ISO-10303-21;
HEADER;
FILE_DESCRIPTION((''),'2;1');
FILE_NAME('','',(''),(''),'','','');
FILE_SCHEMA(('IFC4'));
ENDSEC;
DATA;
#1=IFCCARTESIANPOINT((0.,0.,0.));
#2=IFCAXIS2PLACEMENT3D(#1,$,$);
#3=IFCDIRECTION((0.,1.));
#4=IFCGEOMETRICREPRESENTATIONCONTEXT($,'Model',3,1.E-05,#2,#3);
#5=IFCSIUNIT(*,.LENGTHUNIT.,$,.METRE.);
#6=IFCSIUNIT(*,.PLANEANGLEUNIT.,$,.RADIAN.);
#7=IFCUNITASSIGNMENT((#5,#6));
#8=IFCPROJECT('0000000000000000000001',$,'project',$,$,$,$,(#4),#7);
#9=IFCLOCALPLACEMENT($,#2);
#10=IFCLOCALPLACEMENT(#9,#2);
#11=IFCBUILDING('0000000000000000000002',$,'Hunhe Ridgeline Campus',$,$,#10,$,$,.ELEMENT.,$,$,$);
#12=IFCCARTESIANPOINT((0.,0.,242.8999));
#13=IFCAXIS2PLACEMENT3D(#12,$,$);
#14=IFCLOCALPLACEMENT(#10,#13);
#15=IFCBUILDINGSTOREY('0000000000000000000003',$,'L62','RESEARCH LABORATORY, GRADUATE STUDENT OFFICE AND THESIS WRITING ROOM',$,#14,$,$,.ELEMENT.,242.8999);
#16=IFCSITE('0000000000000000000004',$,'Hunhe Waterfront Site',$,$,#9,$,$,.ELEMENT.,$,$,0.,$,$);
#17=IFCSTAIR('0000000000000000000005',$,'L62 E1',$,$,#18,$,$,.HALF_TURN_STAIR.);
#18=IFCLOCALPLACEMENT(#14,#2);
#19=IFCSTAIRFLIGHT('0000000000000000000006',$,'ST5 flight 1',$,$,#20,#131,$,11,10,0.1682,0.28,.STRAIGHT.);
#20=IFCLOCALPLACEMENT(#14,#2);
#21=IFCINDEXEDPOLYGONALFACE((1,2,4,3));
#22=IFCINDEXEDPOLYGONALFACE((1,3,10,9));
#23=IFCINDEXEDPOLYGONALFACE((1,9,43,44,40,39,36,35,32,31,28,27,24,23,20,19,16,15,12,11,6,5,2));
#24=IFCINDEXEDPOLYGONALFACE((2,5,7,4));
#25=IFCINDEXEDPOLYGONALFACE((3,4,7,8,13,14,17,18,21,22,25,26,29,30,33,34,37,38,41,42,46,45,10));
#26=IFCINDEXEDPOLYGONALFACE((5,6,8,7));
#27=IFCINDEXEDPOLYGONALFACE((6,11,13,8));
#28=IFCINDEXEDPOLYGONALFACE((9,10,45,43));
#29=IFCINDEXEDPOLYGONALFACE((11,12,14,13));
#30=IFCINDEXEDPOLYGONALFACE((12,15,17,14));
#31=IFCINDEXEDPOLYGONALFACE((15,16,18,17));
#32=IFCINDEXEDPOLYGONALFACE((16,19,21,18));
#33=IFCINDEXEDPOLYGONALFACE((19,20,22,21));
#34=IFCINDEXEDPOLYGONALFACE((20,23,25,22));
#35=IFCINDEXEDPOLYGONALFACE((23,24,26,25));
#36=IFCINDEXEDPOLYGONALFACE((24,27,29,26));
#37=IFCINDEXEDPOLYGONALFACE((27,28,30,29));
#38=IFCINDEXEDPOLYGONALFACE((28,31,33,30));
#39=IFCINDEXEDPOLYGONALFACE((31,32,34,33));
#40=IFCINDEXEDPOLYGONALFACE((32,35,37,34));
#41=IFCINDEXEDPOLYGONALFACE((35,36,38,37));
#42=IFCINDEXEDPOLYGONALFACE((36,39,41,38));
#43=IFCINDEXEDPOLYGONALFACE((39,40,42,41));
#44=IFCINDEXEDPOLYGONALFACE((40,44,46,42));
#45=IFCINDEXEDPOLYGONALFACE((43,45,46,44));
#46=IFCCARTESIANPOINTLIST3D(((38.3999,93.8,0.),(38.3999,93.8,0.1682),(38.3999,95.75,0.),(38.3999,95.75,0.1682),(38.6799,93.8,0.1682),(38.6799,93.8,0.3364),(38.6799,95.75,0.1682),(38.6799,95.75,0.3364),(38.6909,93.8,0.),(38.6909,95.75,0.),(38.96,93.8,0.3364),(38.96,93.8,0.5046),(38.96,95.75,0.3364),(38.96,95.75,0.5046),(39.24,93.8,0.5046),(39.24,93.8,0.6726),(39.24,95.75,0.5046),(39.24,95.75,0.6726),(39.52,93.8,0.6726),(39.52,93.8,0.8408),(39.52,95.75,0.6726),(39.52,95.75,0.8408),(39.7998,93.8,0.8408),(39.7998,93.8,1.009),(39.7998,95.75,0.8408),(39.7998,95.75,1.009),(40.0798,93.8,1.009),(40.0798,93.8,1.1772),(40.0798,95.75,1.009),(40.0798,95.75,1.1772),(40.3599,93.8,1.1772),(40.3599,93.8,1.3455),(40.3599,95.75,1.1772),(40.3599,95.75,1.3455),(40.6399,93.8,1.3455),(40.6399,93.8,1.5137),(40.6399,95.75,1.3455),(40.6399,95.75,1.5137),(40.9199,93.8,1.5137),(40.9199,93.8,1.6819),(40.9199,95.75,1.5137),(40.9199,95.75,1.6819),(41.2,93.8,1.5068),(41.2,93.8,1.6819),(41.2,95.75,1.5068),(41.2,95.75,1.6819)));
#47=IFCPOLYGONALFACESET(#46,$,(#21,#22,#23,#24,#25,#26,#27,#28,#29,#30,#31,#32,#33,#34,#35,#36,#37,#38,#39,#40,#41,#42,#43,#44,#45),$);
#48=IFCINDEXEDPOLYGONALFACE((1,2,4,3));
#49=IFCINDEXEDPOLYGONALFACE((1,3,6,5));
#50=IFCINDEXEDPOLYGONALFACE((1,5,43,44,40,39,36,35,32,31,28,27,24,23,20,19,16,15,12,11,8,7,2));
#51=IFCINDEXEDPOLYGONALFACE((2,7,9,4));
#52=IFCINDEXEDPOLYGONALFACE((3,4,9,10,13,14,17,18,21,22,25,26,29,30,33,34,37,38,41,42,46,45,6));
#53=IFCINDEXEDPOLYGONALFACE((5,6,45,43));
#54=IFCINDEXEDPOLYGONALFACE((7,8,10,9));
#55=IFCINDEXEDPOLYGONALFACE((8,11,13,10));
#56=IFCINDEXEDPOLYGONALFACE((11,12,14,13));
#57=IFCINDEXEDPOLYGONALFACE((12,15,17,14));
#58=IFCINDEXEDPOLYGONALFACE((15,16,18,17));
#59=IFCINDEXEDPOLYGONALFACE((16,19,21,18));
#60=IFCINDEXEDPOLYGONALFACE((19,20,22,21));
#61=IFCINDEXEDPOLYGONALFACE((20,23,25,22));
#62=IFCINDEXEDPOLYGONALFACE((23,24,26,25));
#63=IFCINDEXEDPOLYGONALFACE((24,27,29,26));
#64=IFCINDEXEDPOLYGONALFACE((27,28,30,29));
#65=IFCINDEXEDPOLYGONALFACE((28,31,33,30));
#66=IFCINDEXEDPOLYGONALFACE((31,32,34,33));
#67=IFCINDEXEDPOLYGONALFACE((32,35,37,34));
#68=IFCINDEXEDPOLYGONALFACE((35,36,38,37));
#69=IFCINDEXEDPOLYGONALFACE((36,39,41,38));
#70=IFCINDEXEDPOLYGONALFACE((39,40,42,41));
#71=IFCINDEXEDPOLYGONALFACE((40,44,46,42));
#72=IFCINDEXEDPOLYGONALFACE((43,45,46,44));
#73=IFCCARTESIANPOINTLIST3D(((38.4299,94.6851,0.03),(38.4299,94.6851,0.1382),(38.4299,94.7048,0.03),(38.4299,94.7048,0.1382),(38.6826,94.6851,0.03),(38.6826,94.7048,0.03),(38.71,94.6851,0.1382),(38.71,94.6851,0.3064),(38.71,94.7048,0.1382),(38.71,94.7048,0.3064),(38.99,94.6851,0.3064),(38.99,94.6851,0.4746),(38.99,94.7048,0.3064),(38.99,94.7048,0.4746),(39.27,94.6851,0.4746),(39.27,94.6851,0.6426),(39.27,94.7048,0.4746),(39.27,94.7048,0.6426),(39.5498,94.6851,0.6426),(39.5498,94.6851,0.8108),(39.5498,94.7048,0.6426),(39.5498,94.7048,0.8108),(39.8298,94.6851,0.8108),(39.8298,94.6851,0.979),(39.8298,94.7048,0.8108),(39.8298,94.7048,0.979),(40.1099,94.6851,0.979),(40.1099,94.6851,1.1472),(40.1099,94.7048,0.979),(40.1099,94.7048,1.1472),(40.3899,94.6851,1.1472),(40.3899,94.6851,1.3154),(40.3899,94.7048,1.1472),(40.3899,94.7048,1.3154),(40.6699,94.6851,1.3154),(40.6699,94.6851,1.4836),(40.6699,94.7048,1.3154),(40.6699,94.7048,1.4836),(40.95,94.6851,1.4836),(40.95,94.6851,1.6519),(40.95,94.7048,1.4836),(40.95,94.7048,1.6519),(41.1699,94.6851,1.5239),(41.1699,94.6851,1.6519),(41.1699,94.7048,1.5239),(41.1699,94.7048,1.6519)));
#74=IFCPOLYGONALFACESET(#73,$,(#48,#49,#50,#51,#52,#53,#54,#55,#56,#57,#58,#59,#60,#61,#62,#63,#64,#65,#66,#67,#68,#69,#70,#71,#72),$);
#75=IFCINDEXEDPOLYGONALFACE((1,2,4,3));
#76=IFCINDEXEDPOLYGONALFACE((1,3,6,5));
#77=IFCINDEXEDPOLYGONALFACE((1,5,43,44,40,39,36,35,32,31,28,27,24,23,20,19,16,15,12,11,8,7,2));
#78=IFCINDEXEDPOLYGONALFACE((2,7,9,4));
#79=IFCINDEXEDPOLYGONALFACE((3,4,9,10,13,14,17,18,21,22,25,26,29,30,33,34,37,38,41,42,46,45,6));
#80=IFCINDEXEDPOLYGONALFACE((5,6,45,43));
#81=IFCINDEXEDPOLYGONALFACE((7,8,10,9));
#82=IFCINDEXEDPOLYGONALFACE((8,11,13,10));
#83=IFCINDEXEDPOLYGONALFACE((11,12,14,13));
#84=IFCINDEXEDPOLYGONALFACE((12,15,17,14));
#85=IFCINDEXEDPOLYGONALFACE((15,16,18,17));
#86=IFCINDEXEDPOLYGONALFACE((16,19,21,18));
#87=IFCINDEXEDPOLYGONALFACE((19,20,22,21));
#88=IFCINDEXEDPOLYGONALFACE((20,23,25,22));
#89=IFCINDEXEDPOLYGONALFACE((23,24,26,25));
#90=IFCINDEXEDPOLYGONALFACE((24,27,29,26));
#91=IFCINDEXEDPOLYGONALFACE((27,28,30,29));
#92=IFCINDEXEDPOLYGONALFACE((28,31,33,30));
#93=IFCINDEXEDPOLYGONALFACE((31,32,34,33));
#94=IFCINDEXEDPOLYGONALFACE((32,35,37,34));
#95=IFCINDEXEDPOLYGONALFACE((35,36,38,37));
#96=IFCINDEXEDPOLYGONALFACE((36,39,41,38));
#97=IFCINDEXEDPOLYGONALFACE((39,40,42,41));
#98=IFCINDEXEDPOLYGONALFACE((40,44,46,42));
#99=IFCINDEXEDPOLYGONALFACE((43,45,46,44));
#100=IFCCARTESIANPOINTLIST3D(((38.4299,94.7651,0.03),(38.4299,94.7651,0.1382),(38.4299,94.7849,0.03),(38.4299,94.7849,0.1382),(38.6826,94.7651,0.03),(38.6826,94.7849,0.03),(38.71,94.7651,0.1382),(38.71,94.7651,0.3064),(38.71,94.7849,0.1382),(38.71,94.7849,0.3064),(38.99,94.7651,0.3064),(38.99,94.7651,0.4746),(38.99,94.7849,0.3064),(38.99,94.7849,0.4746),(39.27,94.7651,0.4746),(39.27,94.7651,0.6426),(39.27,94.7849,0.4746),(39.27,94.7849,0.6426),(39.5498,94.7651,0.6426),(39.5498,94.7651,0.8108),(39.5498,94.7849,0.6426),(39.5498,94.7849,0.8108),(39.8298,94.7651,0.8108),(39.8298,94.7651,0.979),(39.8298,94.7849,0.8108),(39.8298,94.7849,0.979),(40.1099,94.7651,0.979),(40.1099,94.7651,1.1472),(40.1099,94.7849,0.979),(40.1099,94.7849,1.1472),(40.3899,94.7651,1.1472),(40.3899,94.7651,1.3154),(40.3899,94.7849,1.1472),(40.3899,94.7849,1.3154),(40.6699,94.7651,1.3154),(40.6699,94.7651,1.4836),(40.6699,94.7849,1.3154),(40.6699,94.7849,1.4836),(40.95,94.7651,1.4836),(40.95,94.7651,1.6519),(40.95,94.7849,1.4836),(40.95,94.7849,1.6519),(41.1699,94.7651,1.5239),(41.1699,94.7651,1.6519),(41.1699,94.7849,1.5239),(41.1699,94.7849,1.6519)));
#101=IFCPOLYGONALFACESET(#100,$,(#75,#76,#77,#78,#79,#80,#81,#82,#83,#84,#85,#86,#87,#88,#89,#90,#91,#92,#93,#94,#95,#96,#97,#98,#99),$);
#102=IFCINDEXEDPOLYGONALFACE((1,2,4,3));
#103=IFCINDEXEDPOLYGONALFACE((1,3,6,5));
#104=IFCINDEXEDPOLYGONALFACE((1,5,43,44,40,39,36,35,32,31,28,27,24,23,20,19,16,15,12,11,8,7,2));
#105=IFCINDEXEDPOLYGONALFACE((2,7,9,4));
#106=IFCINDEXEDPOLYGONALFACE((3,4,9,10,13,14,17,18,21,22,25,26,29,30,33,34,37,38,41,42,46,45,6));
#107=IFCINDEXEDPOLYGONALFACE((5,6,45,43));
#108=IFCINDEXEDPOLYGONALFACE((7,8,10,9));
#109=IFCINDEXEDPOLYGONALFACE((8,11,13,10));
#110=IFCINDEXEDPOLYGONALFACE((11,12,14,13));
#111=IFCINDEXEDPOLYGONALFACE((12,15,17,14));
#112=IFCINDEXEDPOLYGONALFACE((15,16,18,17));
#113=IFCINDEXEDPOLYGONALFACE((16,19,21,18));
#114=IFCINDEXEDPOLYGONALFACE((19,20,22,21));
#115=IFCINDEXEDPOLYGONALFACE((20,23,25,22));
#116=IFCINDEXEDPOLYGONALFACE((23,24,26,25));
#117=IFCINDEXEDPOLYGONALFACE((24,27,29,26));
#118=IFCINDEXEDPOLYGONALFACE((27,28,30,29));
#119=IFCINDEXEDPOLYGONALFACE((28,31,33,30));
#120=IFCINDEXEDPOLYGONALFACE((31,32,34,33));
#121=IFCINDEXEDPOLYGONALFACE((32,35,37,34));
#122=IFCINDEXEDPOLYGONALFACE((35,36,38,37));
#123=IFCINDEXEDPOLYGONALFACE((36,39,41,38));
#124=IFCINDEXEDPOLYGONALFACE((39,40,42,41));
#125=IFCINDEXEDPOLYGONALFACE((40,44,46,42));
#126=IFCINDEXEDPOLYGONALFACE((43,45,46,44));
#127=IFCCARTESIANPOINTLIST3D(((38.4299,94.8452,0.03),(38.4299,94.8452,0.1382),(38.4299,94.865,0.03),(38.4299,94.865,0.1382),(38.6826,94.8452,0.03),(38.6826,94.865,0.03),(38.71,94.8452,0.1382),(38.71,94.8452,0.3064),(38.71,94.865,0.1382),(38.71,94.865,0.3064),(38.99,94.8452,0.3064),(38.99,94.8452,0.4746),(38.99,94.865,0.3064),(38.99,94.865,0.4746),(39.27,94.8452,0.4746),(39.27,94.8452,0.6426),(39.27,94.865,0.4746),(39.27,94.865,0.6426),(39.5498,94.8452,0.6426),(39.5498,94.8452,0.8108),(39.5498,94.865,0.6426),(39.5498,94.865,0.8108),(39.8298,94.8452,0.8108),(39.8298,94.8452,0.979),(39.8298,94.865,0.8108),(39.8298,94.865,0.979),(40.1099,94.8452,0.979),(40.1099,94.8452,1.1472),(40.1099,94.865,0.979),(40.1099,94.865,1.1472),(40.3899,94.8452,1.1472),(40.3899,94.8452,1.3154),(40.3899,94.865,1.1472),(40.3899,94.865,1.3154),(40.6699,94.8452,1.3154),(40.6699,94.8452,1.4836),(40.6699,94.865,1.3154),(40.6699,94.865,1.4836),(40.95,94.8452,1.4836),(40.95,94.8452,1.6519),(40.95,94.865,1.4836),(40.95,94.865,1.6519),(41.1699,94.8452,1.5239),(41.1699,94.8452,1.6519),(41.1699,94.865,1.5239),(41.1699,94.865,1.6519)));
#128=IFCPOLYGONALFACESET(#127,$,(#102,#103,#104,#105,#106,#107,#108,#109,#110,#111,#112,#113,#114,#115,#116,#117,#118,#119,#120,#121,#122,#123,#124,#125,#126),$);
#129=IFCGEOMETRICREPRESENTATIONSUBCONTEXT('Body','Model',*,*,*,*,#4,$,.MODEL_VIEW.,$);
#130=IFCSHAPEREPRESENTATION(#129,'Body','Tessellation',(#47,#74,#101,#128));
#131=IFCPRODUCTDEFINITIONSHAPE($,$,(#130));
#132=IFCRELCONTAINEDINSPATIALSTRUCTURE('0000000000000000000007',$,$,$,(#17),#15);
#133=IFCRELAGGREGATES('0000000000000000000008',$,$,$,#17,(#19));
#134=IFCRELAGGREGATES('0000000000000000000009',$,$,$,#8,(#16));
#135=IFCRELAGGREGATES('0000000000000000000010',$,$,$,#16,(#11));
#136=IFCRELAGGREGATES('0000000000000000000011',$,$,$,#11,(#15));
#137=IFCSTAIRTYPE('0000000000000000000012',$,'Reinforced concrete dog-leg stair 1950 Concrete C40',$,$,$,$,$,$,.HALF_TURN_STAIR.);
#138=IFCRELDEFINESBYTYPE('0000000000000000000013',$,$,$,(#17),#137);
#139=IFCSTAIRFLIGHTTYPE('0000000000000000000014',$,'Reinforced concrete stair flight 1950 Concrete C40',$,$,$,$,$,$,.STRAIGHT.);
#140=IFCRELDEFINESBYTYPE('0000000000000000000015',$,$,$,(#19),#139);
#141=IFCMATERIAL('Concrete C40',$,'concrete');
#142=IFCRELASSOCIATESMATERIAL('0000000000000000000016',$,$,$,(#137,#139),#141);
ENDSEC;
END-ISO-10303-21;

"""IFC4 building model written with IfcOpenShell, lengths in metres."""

from ifc_helpers import new_model, si_unit, direction, frame, origin, place, context, subcontext, project, spatial, polyline, outline, extrude, material, type_object, element, aggregate, save


model = new_model("IFC4")

# Units and contexts
model_context = context("Model", 3, precision=1e-05, world=origin(), true_north=direction((0.0, 1.0)))
body_context = subcontext(model_context, "Body", "Model", "MODEL_VIEW")
ifc_project = project(units=[si_unit("LENGTHUNIT", "METRE"), si_unit("PLANEANGLEUNIT", "RADIAN")], contexts=[model_context])

# Site, building, storey
site_placement = place(None, origin())
site = spatial("IfcSite", under=ifc_project, at=site_placement, Name="Hunhe Waterfront Site", CompositionType="ELEMENT", RefElevation=0.0)
building_placement = place(site_placement, origin())
building = spatial("IfcBuilding", under=site, at=building_placement, Name="Hunhe Ridgeline Campus", CompositionType="ELEMENT")
storey_placement = place(building_placement, frame((0.0, 0.0, 242.8999)))
storey = spatial("IfcBuildingStorey", under=building, at=storey_placement, Name="L62", Description="RESEARCH LABORATORY, GRADUATE STUDENT OFFICE AND THESIS WRITING ROOM", CompositionType="ELEMENT", Elevation=242.8999)

# Stair, stair flight
ifc_material_1 = material(Name="Concrete C40", Category="concrete")
stair_type = type_object("IfcStairType", Name="Reinforced concrete dog-leg stair 1950 Concrete C40", PredefinedType="HALF_TURN_STAIR", material=ifc_material_1)
stair_placement = place(storey_placement, origin())
stair = element("IfcStair", 1, at=stair_placement, inside=storey, type_object=stair_type, Name="L62 E1", PredefinedType="HALF_TURN_STAIR")
stair_flight_type = type_object("IfcStairFlightType", Name="Reinforced concrete stair flight 1950 Concrete C40", PredefinedType="STRAIGHT", material=ifc_material_1)
stair_flight_1_placement = place(storey_placement, frame((38.3999, 94.7749, 0.0), z_axis=(0.0, 0.0, 1.0), x_axis=(1.0, 0.0, 0.0)))
stair_flight_1 = element("IfcStairFlight", 2, at=stair_flight_1_placement, type_object=stair_flight_type, Name="ST5 flight 1", NumberOfRisers=11, NumberOfTreads=10, PredefinedType="STRAIGHT", RiserHeight=0.1682, TreadLength=0.28, context=body_context, shape_type="SweptSolid", body=[
    extrude(outline(polyline([(0.0, 0.0), (0.0, 0.1682), (0.28, 0.1682), (0.28, 0.3364), (0.5601, 0.3364), (0.5601, 0.5046), (0.8401, 0.5046), (0.8401, 0.6726), (1.1201, 0.6726), (1.1201, 0.8408), (1.3999, 0.8408), (1.3999, 1.009), (1.6799, 1.009), (1.6799, 1.1772), (1.96, 1.1772), (1.96, 1.3455), (2.24, 1.3455), (2.24, 1.5137), (2.52, 1.5137), (2.52, 1.6819), (2.8, 1.6819), (2.8, 1.8501), (2.8, 1.5068), (0.291, 0.0), (0.0, 0.0)])), frame((0.0, 0.9751, 0.0), z_axis=(0.0, -1.0, 0.0), x_axis=(1.0, 0.0, 0.0)), (0.0, 0.0, 1.0), 1.95),
    extrude(outline(polyline([(0.03, 0.03), (0.03, 0.1382), (0.3101, 0.1382), (0.3101, 0.3064), (0.5901, 0.3064), (0.5901, 0.4746), (0.8701, 0.4746), (0.8701, 0.6426), (1.1499, 0.6426), (1.1499, 0.8108), (1.4299, 0.8108), (1.4299, 0.979), (1.71, 0.979), (1.71, 1.1472), (1.99, 1.1472), (1.99, 1.3154), (2.27, 1.3154), (2.27, 1.4836), (2.55, 1.4836), (2.55, 1.6519), (2.77, 1.6519), (2.77, 1.5239), (0.2827, 0.03), (0.03, 0.03)])), frame((0.0, -0.0701, 0.0), z_axis=(0.0, -1.0, 0.0), x_axis=(1.0, 0.0, 0.0)), (0.0, 0.0, 1.0), 0.0198),
    extrude(outline(polyline([(0.03, 0.03), (0.03, 0.1382), (0.3101, 0.1382), (0.3101, 0.3064), (0.5901, 0.3064), (0.5901, 0.4746), (0.8701, 0.4746), (0.8701, 0.6426), (1.1499, 0.6426), (1.1499, 0.8108), (1.4299, 0.8108), (1.4299, 0.979), (1.71, 0.979), (1.71, 1.1472), (1.99, 1.1472), (1.99, 1.3154), (2.27, 1.3154), (2.27, 1.4836), (2.55, 1.4836), (2.55, 1.6519), (2.77, 1.6519), (2.77, 1.5239), (0.2827, 0.03), (0.03, 0.03)])), frame((0.0, 0.01, 0.0), z_axis=(0.0, -1.0, 0.0), x_axis=(1.0, 0.0, 0.0)), (0.0, 0.0, 1.0), 0.0198),
    extrude(outline(polyline([(0.03, 0.03), (0.03, 0.1382), (0.3101, 0.1382), (0.3101, 0.3064), (0.5901, 0.3064), (0.5901, 0.4746), (0.8701, 0.4746), (0.8701, 0.6426), (1.1499, 0.6426), (1.1499, 0.8108), (1.4299, 0.8108), (1.4299, 0.979), (1.71, 0.979), (1.71, 1.1472), (1.99, 1.1472), (1.99, 1.3154), (2.27, 1.3154), (2.27, 1.4836), (2.55, 1.4836), (2.55, 1.6519), (2.77, 1.6519), (2.77, 1.5239), (0.2827, 0.03), (0.03, 0.03)])), frame((0.0, 0.0901, 0.0), z_axis=(0.0, -1.0, 0.0), x_axis=(1.0, 0.0, 0.0)), (0.0, 0.0, 1.0), 0.0198),
])
aggregate(stair, [stair_flight_1])

save(model, "model.ifc")
